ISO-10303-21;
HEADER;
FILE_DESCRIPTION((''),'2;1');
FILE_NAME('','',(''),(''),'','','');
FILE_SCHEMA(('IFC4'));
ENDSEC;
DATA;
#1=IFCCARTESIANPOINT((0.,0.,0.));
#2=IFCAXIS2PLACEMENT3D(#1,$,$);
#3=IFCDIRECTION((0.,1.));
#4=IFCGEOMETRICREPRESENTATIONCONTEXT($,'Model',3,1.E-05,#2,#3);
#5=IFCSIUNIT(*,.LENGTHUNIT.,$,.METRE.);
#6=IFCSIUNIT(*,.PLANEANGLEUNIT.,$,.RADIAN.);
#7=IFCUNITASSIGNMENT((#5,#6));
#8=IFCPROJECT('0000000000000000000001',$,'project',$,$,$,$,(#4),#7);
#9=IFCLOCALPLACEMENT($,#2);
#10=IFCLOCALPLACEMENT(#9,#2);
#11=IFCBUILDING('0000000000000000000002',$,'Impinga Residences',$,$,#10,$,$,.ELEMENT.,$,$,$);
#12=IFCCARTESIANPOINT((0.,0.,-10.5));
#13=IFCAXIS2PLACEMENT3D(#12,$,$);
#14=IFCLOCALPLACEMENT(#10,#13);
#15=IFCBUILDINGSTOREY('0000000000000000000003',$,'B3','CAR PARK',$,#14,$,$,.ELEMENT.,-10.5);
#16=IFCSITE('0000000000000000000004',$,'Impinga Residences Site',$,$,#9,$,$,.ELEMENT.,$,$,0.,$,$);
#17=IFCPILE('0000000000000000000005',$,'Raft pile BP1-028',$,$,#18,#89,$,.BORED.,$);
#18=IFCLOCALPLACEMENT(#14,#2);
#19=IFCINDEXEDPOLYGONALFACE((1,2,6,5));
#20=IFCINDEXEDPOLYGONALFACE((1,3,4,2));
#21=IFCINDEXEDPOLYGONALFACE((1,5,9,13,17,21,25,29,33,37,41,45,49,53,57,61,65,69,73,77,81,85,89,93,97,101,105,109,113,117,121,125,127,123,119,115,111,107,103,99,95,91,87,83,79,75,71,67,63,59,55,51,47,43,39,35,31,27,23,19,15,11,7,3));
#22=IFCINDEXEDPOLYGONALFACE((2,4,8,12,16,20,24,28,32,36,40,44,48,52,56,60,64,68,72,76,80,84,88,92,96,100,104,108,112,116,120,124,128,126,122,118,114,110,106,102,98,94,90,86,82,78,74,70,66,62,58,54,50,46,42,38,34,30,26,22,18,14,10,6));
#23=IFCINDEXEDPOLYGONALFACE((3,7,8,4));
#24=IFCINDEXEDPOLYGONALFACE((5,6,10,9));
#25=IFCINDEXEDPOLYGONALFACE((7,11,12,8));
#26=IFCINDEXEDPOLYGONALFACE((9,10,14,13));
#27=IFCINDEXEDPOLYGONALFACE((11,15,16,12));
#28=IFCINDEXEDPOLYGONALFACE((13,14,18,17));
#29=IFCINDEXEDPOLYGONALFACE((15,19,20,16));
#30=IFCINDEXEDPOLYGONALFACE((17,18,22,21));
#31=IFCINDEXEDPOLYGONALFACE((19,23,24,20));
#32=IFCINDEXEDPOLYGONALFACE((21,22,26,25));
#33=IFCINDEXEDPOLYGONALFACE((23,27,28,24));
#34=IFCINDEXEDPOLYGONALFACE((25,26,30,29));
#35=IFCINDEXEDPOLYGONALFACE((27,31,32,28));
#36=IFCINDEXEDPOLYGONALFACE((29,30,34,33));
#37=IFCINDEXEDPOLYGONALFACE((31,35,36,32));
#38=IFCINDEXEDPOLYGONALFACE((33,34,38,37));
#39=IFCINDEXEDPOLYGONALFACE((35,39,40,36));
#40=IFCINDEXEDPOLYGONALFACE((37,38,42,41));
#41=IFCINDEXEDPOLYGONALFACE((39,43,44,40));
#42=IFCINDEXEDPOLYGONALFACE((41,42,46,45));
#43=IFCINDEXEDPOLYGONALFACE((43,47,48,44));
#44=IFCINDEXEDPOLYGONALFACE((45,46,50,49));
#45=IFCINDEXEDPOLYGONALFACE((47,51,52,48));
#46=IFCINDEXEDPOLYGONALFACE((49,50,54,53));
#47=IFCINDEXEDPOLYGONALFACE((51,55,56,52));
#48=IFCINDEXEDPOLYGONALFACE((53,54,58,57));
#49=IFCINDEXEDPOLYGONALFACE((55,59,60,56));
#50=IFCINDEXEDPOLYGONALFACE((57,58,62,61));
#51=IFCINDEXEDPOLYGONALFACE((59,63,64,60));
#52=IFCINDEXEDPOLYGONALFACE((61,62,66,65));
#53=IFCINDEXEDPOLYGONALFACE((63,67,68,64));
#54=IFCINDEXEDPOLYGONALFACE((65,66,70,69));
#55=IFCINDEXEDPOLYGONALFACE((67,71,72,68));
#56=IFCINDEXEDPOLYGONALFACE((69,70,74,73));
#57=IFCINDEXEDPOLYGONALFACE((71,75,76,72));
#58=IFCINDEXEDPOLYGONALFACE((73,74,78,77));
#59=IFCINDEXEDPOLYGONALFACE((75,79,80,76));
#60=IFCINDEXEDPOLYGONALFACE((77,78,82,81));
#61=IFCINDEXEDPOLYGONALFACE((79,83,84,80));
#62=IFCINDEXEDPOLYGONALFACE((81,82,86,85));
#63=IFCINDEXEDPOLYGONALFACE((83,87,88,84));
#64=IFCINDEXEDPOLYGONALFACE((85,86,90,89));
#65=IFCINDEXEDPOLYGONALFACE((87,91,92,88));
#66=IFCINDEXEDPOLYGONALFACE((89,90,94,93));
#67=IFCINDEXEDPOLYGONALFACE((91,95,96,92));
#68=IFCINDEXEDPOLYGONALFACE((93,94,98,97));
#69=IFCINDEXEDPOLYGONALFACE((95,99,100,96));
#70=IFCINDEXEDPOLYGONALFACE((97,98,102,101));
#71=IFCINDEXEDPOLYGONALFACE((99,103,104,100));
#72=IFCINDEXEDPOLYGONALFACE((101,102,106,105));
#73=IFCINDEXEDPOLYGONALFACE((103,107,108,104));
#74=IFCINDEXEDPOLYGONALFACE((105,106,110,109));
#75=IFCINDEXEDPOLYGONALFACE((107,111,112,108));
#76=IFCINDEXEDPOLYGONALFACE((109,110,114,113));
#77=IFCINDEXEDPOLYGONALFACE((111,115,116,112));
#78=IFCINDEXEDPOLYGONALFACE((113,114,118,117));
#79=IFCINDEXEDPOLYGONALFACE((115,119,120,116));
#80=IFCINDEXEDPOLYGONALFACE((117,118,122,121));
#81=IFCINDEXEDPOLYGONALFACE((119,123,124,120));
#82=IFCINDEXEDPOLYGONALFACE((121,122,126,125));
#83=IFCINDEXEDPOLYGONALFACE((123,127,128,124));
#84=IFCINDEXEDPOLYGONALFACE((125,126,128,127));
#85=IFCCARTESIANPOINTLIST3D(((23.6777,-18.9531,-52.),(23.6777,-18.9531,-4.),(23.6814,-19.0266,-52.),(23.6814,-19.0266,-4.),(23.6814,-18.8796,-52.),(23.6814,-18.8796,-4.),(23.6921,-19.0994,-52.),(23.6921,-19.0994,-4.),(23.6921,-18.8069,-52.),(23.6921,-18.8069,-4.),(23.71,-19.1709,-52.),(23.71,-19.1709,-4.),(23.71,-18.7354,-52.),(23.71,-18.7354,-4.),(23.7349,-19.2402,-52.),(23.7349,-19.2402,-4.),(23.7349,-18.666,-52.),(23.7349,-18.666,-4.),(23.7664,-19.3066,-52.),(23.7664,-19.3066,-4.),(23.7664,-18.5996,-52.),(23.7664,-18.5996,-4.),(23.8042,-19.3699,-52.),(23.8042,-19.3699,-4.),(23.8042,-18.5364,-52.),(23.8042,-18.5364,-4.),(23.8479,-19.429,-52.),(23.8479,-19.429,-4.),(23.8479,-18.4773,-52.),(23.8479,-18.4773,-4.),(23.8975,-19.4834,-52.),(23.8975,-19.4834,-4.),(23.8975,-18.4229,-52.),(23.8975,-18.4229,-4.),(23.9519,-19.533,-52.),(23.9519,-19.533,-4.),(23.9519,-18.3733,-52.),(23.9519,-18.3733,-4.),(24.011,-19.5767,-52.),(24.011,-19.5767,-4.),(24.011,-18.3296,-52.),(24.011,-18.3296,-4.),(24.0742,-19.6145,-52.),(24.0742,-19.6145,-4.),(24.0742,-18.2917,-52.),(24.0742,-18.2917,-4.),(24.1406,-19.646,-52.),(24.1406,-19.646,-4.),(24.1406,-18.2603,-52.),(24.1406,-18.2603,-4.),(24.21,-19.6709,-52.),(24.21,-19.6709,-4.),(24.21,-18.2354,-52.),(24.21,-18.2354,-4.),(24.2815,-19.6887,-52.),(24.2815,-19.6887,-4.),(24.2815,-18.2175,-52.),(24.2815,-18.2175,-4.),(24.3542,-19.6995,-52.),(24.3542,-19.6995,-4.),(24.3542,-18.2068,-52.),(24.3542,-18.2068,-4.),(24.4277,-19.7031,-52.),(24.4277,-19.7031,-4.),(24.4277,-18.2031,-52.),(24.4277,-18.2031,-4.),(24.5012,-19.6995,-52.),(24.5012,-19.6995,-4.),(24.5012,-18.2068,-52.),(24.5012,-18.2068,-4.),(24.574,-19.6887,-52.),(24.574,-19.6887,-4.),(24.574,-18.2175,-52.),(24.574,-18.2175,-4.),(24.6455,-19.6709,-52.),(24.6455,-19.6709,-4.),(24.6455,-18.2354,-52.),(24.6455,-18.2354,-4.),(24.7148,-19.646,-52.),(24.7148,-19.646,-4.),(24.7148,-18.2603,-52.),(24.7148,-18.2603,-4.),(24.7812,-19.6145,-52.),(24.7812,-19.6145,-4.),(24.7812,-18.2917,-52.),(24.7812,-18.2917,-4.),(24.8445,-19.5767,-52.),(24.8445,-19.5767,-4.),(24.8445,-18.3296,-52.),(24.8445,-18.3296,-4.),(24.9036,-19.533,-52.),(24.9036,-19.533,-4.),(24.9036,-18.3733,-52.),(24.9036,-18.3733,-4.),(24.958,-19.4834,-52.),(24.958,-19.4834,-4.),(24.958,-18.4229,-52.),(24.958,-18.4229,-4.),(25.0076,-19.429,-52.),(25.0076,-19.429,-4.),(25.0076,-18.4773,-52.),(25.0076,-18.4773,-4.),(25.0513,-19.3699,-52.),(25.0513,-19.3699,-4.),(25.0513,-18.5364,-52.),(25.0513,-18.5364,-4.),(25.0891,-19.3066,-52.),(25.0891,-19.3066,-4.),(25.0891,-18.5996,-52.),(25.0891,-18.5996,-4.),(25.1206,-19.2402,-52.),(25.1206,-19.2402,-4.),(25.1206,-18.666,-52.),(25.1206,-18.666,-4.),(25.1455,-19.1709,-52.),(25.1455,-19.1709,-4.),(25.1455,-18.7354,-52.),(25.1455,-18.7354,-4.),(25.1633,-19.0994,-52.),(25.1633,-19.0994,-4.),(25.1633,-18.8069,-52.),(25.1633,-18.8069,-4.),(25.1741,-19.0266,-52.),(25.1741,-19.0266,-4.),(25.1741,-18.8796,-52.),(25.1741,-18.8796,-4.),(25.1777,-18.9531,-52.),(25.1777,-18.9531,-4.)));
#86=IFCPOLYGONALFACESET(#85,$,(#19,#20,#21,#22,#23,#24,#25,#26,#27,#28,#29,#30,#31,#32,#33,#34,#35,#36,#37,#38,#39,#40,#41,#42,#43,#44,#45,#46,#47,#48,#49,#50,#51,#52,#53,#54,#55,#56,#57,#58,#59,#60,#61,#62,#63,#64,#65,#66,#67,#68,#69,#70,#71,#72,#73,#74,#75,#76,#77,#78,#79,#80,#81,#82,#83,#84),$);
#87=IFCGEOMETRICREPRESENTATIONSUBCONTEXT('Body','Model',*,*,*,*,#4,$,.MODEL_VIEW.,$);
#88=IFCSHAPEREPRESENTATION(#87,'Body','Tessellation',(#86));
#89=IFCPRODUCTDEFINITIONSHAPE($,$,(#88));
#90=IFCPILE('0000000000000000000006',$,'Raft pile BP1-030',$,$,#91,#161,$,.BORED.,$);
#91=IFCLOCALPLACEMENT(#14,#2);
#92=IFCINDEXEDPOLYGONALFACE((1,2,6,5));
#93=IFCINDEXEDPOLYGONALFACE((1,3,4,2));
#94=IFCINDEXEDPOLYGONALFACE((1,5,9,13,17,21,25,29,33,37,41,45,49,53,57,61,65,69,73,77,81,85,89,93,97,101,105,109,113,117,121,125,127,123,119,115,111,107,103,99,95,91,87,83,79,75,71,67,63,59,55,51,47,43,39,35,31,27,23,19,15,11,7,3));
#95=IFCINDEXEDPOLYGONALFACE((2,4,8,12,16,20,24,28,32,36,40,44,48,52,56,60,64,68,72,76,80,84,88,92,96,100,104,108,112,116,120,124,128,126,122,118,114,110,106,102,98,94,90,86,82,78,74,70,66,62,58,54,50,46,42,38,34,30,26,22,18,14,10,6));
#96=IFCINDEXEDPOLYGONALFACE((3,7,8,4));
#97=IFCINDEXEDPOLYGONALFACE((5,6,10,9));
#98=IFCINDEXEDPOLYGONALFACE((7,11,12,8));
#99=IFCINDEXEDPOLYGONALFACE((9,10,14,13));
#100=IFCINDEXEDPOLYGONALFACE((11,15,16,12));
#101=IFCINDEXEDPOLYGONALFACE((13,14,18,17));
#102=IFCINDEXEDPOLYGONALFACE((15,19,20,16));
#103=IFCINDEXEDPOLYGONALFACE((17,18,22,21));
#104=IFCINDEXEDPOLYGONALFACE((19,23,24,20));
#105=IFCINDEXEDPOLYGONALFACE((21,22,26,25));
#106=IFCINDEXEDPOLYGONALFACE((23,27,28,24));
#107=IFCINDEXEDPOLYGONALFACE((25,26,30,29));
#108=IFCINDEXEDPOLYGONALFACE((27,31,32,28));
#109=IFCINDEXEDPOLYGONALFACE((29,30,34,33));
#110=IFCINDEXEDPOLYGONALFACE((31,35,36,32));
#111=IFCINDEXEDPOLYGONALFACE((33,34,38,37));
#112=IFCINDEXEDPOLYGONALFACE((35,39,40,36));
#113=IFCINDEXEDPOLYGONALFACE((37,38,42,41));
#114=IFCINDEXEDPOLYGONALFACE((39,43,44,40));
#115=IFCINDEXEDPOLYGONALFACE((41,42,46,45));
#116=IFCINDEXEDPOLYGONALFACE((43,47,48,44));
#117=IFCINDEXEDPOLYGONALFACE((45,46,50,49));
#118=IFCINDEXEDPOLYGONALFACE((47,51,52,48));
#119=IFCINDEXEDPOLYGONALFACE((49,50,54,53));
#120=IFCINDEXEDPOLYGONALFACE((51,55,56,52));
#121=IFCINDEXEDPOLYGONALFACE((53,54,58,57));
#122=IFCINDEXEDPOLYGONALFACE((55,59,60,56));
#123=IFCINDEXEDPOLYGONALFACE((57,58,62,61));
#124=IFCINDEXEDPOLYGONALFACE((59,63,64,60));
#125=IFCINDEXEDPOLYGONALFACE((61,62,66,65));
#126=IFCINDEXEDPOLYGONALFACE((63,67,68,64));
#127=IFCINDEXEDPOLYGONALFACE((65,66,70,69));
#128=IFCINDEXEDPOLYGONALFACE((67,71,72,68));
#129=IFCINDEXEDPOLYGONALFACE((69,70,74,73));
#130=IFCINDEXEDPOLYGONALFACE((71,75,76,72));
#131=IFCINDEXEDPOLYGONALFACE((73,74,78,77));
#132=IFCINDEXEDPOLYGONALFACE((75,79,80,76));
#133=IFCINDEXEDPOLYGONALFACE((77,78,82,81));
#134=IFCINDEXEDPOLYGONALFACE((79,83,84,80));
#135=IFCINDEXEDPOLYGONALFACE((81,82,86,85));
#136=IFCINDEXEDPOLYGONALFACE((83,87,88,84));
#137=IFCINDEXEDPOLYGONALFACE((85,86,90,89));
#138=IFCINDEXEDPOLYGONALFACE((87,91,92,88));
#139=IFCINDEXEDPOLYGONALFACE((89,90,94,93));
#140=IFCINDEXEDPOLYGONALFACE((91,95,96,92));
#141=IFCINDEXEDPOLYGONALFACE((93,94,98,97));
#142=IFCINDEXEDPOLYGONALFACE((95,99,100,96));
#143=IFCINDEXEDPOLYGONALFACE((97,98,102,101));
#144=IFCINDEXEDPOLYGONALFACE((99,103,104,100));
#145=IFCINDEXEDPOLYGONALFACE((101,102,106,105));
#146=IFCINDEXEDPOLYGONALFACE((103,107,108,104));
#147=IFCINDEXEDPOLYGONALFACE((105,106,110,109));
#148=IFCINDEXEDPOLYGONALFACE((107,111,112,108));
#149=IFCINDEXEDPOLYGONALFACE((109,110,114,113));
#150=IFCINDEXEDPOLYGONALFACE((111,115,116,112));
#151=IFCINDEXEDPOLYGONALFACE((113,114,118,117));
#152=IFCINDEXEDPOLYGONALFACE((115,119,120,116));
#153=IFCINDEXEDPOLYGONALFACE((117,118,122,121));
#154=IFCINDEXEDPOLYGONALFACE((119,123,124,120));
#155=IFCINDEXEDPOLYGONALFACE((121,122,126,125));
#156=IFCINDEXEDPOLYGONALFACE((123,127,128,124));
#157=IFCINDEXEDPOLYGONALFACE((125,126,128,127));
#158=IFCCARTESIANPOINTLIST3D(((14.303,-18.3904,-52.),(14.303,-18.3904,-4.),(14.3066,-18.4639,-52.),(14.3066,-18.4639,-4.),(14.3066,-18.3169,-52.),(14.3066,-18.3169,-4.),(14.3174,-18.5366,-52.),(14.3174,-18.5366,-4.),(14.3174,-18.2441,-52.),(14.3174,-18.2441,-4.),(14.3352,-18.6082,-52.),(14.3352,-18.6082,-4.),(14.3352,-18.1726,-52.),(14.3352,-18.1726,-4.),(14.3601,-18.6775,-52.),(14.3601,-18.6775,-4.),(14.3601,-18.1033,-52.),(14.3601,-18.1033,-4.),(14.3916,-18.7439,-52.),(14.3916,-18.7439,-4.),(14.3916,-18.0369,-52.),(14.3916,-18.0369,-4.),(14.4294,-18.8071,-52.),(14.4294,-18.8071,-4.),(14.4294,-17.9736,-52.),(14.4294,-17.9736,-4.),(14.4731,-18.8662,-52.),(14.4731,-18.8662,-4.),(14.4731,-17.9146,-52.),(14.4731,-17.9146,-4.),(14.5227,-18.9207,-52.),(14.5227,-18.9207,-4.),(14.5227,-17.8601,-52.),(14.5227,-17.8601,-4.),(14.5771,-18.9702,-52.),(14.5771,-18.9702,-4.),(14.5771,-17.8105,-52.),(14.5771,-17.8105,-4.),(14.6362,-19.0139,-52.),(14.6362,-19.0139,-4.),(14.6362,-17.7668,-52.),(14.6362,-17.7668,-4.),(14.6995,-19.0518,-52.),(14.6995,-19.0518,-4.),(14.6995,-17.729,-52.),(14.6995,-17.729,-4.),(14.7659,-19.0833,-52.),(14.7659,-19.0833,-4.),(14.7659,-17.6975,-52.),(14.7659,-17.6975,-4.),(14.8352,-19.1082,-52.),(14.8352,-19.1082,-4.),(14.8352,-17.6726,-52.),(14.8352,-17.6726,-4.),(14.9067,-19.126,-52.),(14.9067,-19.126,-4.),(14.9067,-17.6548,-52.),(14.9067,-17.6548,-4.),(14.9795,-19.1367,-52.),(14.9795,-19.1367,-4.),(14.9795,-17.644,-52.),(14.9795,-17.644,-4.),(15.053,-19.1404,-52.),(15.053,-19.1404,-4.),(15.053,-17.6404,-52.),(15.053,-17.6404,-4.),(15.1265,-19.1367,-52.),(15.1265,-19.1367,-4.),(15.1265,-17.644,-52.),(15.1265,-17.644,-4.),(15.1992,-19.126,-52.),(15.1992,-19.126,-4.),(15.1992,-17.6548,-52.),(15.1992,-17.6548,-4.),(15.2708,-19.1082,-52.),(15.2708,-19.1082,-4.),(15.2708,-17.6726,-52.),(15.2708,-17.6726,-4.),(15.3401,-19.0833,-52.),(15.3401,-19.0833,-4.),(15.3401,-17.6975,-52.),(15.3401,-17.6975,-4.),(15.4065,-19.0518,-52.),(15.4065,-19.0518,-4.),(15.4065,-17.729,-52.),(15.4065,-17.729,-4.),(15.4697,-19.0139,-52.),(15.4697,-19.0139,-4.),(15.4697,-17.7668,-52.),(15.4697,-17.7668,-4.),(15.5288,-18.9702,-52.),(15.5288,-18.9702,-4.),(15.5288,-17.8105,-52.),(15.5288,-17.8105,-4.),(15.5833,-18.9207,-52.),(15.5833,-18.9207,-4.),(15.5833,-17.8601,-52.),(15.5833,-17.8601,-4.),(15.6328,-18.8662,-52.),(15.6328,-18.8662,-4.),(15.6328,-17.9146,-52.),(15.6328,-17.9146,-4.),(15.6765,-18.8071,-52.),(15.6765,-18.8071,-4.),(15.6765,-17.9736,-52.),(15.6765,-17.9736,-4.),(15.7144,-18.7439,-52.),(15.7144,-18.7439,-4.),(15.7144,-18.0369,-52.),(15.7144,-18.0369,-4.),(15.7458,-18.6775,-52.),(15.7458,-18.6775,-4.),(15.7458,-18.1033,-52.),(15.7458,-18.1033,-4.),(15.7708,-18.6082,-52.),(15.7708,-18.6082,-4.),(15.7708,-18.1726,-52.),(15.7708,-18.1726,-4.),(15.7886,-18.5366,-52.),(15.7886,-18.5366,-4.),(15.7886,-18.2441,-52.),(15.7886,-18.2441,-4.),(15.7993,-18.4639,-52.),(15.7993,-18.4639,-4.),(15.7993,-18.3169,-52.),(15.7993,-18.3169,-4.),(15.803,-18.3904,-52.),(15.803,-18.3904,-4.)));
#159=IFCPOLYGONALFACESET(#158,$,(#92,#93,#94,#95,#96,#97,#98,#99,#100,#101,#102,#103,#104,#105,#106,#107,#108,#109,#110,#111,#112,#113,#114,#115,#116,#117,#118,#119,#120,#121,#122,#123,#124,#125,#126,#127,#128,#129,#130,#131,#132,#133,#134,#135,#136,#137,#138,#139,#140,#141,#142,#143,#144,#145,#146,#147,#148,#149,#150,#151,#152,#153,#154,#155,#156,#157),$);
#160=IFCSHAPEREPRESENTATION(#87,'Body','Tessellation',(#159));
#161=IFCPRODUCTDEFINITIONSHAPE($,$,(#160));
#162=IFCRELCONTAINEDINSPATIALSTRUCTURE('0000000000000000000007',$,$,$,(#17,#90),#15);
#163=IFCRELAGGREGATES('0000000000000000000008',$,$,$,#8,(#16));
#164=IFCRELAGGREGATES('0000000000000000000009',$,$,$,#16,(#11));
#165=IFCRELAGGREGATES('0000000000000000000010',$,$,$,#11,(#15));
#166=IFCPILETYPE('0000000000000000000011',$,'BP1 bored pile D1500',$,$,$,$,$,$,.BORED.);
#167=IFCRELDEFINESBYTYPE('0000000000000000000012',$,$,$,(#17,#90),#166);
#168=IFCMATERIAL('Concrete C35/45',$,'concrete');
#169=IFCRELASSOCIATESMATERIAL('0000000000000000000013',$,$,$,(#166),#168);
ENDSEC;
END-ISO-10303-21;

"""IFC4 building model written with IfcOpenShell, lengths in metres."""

from ifc_helpers import new_model, si_unit, direction, frame, origin, origin_2d, place, context, subcontext, project, spatial, polyline, circle, outline, extrude, material, material_profile, profile_set, type_object, element, save


model = new_model("IFC4")

# Units and contexts
model_context = context("Model", 3, precision=1e-05, world=origin(), true_north=direction((0.0, 1.0)))
body_context = subcontext(model_context, "Body", "Model", "MODEL_VIEW")
ifc_project = project(units=[si_unit("LENGTHUNIT", "METRE"), si_unit("PLANEANGLEUNIT", "RADIAN")], contexts=[model_context])

# Site, building, storey
site_placement = place(None, origin())
site = spatial("IfcSite", under=ifc_project, at=site_placement, Name="Impinga Residences Site", CompositionType="ELEMENT", RefElevation=0.0)
building_placement = place(site_placement, origin())
building = spatial("IfcBuilding", under=site, at=building_placement, Name="Impinga Residences", CompositionType="ELEMENT")
storey_placement = place(building_placement, frame((0.0, 0.0, -10.5)))
storey = spatial("IfcBuildingStorey", under=building, at=storey_placement, Name="B3", Description="CAR PARK", CompositionType="ELEMENT", Elevation=-10.5)

# Piles
ifc_material_1 = material(Name="Concrete C35/45", Category="concrete")
ifc_material_profile_1 = material_profile(ifc_material_1, circle(Radius=0.75, at=origin_2d()), Name="D1500")
ifc_profile_set_1 = profile_set([ifc_material_profile_1], Name="Concrete C35/45")
pile_type = type_object("IfcPileType", Name="BP1 bored pile D1500", PredefinedType="BORED", material=ifc_profile_set_1)
pile_1_placement = place(storey_placement, frame((24.4277, -18.9531, -4.0), z_axis=(0.0, 0.0, -1.0), x_axis=(1.0, 0.0, 0.0)))
element("IfcPile", 1, at=pile_1_placement, inside=storey, type_object=pile_type, Name="Raft pile BP1-028", PredefinedType="BORED", context=body_context, shape_type="SweptSolid", body=[
    extrude(outline(polyline([(0.75, 0.0), (0.7463, 0.0735), (0.7356, 0.1462), (0.7178, 0.2178), (0.6929, 0.2871), (0.6614, 0.3535), (0.6235, 0.4167), (0.5798, 0.4758), (0.5303, 0.5303), (0.4758, 0.5798), (0.4167, 0.6235), (0.3535, 0.6614), (0.2871, 0.6929), (0.2178, 0.7178), (0.1462, 0.7356), (0.0735, 0.7463), (0.0, 0.75), (-0.0735, 0.7463), (-0.1462, 0.7356), (-0.2178, 0.7178), (-0.2871, 0.6929), (-0.3535, 0.6614), (-0.4167, 0.6235), (-0.4758, 0.5798), (-0.5303, 0.5303), (-0.5798, 0.4758), (-0.6235, 0.4167), (-0.6614, 0.3535), (-0.6929, 0.2871), (-0.7178, 0.2178), (-0.7356, 0.1462), (-0.7463, 0.0735), (-0.75, 0.0), (-0.7463, -0.0735), (-0.7356, -0.1462), (-0.7178, -0.2178), (-0.6929, -0.2871), (-0.6614, -0.3535), (-0.6235, -0.4167), (-0.5798, -0.4758), (-0.5303, -0.5303), (-0.4758, -0.5798), (-0.4167, -0.6235), (-0.3535, -0.6614), (-0.2871, -0.6929), (-0.2178, -0.7178), (-0.1462, -0.7356), (-0.0735, -0.7463), (0.0, -0.75), (0.0735, -0.7463), (0.1462, -0.7356), (0.2178, -0.7178), (0.2871, -0.6929), (0.3535, -0.6614), (0.4167, -0.6235), (0.4758, -0.5798), (0.5303, -0.5303), (0.5798, -0.4758), (0.6235, -0.4167), (0.6614, -0.3535), (0.6929, -0.2871), (0.7178, -0.2178), (0.7356, -0.1462), (0.7463, -0.0735), (0.75, 0.0)])), origin(), (0.0, 0.0, 1.0), 48.0),
])
pile_2_placement = place(storey_placement, frame((15.053, -18.3904, -4.0), z_axis=(0.0, 0.0, -1.0), x_axis=(1.0, 0.0, 0.0)))
element("IfcPile", 2, at=pile_2_placement, inside=storey, type_object=pile_type, Name="Raft pile BP1-030", PredefinedType="BORED", context=body_context, shape_type="SweptSolid", body=[
    extrude(outline(polyline([(0.75, 0.0), (0.7463, 0.0735), (0.7356, 0.1462), (0.7178, 0.2178), (0.6929, 0.2871), (0.6614, 0.3535), (0.6235, 0.4167), (0.5798, 0.4758), (0.5303, 0.5303), (0.4758, 0.5798), (0.4167, 0.6235), (0.3535, 0.6614), (0.2871, 0.6929), (0.2178, 0.7178), (0.1462, 0.7356), (0.0735, 0.7463), (0.0, 0.75), (-0.0735, 0.7463), (-0.1462, 0.7356), (-0.2178, 0.7178), (-0.2871, 0.6929), (-0.3535, 0.6614), (-0.4167, 0.6235), (-0.4758, 0.5798), (-0.5303, 0.5303), (-0.5798, 0.4758), (-0.6235, 0.4167), (-0.6614, 0.3535), (-0.6929, 0.2871), (-0.7178, 0.2178), (-0.7356, 0.1462), (-0.7463, 0.0735), (-0.75, 0.0), (-0.7463, -0.0735), (-0.7356, -0.1462), (-0.7178, -0.2178), (-0.6929, -0.2871), (-0.6614, -0.3535), (-0.6235, -0.4167), (-0.5798, -0.4758), (-0.5303, -0.5303), (-0.4758, -0.5798), (-0.4167, -0.6235), (-0.3535, -0.6614), (-0.2871, -0.6929), (-0.2178, -0.7178), (-0.1462, -0.7356), (-0.0735, -0.7463), (0.0, -0.75), (0.0735, -0.7463), (0.1462, -0.7356), (0.2178, -0.7178), (0.2871, -0.6929), (0.3535, -0.6614), (0.4167, -0.6235), (0.4758, -0.5798), (0.5303, -0.5303), (0.5798, -0.4758), (0.6235, -0.4167), (0.6614, -0.3535), (0.6929, -0.2871), (0.7178, -0.2178), (0.7356, -0.1462), (0.7463, -0.0735), (0.75, 0.0)])), origin(), (0.0, 0.0, 1.0), 48.0),
])

save(model, "model.ifc")
